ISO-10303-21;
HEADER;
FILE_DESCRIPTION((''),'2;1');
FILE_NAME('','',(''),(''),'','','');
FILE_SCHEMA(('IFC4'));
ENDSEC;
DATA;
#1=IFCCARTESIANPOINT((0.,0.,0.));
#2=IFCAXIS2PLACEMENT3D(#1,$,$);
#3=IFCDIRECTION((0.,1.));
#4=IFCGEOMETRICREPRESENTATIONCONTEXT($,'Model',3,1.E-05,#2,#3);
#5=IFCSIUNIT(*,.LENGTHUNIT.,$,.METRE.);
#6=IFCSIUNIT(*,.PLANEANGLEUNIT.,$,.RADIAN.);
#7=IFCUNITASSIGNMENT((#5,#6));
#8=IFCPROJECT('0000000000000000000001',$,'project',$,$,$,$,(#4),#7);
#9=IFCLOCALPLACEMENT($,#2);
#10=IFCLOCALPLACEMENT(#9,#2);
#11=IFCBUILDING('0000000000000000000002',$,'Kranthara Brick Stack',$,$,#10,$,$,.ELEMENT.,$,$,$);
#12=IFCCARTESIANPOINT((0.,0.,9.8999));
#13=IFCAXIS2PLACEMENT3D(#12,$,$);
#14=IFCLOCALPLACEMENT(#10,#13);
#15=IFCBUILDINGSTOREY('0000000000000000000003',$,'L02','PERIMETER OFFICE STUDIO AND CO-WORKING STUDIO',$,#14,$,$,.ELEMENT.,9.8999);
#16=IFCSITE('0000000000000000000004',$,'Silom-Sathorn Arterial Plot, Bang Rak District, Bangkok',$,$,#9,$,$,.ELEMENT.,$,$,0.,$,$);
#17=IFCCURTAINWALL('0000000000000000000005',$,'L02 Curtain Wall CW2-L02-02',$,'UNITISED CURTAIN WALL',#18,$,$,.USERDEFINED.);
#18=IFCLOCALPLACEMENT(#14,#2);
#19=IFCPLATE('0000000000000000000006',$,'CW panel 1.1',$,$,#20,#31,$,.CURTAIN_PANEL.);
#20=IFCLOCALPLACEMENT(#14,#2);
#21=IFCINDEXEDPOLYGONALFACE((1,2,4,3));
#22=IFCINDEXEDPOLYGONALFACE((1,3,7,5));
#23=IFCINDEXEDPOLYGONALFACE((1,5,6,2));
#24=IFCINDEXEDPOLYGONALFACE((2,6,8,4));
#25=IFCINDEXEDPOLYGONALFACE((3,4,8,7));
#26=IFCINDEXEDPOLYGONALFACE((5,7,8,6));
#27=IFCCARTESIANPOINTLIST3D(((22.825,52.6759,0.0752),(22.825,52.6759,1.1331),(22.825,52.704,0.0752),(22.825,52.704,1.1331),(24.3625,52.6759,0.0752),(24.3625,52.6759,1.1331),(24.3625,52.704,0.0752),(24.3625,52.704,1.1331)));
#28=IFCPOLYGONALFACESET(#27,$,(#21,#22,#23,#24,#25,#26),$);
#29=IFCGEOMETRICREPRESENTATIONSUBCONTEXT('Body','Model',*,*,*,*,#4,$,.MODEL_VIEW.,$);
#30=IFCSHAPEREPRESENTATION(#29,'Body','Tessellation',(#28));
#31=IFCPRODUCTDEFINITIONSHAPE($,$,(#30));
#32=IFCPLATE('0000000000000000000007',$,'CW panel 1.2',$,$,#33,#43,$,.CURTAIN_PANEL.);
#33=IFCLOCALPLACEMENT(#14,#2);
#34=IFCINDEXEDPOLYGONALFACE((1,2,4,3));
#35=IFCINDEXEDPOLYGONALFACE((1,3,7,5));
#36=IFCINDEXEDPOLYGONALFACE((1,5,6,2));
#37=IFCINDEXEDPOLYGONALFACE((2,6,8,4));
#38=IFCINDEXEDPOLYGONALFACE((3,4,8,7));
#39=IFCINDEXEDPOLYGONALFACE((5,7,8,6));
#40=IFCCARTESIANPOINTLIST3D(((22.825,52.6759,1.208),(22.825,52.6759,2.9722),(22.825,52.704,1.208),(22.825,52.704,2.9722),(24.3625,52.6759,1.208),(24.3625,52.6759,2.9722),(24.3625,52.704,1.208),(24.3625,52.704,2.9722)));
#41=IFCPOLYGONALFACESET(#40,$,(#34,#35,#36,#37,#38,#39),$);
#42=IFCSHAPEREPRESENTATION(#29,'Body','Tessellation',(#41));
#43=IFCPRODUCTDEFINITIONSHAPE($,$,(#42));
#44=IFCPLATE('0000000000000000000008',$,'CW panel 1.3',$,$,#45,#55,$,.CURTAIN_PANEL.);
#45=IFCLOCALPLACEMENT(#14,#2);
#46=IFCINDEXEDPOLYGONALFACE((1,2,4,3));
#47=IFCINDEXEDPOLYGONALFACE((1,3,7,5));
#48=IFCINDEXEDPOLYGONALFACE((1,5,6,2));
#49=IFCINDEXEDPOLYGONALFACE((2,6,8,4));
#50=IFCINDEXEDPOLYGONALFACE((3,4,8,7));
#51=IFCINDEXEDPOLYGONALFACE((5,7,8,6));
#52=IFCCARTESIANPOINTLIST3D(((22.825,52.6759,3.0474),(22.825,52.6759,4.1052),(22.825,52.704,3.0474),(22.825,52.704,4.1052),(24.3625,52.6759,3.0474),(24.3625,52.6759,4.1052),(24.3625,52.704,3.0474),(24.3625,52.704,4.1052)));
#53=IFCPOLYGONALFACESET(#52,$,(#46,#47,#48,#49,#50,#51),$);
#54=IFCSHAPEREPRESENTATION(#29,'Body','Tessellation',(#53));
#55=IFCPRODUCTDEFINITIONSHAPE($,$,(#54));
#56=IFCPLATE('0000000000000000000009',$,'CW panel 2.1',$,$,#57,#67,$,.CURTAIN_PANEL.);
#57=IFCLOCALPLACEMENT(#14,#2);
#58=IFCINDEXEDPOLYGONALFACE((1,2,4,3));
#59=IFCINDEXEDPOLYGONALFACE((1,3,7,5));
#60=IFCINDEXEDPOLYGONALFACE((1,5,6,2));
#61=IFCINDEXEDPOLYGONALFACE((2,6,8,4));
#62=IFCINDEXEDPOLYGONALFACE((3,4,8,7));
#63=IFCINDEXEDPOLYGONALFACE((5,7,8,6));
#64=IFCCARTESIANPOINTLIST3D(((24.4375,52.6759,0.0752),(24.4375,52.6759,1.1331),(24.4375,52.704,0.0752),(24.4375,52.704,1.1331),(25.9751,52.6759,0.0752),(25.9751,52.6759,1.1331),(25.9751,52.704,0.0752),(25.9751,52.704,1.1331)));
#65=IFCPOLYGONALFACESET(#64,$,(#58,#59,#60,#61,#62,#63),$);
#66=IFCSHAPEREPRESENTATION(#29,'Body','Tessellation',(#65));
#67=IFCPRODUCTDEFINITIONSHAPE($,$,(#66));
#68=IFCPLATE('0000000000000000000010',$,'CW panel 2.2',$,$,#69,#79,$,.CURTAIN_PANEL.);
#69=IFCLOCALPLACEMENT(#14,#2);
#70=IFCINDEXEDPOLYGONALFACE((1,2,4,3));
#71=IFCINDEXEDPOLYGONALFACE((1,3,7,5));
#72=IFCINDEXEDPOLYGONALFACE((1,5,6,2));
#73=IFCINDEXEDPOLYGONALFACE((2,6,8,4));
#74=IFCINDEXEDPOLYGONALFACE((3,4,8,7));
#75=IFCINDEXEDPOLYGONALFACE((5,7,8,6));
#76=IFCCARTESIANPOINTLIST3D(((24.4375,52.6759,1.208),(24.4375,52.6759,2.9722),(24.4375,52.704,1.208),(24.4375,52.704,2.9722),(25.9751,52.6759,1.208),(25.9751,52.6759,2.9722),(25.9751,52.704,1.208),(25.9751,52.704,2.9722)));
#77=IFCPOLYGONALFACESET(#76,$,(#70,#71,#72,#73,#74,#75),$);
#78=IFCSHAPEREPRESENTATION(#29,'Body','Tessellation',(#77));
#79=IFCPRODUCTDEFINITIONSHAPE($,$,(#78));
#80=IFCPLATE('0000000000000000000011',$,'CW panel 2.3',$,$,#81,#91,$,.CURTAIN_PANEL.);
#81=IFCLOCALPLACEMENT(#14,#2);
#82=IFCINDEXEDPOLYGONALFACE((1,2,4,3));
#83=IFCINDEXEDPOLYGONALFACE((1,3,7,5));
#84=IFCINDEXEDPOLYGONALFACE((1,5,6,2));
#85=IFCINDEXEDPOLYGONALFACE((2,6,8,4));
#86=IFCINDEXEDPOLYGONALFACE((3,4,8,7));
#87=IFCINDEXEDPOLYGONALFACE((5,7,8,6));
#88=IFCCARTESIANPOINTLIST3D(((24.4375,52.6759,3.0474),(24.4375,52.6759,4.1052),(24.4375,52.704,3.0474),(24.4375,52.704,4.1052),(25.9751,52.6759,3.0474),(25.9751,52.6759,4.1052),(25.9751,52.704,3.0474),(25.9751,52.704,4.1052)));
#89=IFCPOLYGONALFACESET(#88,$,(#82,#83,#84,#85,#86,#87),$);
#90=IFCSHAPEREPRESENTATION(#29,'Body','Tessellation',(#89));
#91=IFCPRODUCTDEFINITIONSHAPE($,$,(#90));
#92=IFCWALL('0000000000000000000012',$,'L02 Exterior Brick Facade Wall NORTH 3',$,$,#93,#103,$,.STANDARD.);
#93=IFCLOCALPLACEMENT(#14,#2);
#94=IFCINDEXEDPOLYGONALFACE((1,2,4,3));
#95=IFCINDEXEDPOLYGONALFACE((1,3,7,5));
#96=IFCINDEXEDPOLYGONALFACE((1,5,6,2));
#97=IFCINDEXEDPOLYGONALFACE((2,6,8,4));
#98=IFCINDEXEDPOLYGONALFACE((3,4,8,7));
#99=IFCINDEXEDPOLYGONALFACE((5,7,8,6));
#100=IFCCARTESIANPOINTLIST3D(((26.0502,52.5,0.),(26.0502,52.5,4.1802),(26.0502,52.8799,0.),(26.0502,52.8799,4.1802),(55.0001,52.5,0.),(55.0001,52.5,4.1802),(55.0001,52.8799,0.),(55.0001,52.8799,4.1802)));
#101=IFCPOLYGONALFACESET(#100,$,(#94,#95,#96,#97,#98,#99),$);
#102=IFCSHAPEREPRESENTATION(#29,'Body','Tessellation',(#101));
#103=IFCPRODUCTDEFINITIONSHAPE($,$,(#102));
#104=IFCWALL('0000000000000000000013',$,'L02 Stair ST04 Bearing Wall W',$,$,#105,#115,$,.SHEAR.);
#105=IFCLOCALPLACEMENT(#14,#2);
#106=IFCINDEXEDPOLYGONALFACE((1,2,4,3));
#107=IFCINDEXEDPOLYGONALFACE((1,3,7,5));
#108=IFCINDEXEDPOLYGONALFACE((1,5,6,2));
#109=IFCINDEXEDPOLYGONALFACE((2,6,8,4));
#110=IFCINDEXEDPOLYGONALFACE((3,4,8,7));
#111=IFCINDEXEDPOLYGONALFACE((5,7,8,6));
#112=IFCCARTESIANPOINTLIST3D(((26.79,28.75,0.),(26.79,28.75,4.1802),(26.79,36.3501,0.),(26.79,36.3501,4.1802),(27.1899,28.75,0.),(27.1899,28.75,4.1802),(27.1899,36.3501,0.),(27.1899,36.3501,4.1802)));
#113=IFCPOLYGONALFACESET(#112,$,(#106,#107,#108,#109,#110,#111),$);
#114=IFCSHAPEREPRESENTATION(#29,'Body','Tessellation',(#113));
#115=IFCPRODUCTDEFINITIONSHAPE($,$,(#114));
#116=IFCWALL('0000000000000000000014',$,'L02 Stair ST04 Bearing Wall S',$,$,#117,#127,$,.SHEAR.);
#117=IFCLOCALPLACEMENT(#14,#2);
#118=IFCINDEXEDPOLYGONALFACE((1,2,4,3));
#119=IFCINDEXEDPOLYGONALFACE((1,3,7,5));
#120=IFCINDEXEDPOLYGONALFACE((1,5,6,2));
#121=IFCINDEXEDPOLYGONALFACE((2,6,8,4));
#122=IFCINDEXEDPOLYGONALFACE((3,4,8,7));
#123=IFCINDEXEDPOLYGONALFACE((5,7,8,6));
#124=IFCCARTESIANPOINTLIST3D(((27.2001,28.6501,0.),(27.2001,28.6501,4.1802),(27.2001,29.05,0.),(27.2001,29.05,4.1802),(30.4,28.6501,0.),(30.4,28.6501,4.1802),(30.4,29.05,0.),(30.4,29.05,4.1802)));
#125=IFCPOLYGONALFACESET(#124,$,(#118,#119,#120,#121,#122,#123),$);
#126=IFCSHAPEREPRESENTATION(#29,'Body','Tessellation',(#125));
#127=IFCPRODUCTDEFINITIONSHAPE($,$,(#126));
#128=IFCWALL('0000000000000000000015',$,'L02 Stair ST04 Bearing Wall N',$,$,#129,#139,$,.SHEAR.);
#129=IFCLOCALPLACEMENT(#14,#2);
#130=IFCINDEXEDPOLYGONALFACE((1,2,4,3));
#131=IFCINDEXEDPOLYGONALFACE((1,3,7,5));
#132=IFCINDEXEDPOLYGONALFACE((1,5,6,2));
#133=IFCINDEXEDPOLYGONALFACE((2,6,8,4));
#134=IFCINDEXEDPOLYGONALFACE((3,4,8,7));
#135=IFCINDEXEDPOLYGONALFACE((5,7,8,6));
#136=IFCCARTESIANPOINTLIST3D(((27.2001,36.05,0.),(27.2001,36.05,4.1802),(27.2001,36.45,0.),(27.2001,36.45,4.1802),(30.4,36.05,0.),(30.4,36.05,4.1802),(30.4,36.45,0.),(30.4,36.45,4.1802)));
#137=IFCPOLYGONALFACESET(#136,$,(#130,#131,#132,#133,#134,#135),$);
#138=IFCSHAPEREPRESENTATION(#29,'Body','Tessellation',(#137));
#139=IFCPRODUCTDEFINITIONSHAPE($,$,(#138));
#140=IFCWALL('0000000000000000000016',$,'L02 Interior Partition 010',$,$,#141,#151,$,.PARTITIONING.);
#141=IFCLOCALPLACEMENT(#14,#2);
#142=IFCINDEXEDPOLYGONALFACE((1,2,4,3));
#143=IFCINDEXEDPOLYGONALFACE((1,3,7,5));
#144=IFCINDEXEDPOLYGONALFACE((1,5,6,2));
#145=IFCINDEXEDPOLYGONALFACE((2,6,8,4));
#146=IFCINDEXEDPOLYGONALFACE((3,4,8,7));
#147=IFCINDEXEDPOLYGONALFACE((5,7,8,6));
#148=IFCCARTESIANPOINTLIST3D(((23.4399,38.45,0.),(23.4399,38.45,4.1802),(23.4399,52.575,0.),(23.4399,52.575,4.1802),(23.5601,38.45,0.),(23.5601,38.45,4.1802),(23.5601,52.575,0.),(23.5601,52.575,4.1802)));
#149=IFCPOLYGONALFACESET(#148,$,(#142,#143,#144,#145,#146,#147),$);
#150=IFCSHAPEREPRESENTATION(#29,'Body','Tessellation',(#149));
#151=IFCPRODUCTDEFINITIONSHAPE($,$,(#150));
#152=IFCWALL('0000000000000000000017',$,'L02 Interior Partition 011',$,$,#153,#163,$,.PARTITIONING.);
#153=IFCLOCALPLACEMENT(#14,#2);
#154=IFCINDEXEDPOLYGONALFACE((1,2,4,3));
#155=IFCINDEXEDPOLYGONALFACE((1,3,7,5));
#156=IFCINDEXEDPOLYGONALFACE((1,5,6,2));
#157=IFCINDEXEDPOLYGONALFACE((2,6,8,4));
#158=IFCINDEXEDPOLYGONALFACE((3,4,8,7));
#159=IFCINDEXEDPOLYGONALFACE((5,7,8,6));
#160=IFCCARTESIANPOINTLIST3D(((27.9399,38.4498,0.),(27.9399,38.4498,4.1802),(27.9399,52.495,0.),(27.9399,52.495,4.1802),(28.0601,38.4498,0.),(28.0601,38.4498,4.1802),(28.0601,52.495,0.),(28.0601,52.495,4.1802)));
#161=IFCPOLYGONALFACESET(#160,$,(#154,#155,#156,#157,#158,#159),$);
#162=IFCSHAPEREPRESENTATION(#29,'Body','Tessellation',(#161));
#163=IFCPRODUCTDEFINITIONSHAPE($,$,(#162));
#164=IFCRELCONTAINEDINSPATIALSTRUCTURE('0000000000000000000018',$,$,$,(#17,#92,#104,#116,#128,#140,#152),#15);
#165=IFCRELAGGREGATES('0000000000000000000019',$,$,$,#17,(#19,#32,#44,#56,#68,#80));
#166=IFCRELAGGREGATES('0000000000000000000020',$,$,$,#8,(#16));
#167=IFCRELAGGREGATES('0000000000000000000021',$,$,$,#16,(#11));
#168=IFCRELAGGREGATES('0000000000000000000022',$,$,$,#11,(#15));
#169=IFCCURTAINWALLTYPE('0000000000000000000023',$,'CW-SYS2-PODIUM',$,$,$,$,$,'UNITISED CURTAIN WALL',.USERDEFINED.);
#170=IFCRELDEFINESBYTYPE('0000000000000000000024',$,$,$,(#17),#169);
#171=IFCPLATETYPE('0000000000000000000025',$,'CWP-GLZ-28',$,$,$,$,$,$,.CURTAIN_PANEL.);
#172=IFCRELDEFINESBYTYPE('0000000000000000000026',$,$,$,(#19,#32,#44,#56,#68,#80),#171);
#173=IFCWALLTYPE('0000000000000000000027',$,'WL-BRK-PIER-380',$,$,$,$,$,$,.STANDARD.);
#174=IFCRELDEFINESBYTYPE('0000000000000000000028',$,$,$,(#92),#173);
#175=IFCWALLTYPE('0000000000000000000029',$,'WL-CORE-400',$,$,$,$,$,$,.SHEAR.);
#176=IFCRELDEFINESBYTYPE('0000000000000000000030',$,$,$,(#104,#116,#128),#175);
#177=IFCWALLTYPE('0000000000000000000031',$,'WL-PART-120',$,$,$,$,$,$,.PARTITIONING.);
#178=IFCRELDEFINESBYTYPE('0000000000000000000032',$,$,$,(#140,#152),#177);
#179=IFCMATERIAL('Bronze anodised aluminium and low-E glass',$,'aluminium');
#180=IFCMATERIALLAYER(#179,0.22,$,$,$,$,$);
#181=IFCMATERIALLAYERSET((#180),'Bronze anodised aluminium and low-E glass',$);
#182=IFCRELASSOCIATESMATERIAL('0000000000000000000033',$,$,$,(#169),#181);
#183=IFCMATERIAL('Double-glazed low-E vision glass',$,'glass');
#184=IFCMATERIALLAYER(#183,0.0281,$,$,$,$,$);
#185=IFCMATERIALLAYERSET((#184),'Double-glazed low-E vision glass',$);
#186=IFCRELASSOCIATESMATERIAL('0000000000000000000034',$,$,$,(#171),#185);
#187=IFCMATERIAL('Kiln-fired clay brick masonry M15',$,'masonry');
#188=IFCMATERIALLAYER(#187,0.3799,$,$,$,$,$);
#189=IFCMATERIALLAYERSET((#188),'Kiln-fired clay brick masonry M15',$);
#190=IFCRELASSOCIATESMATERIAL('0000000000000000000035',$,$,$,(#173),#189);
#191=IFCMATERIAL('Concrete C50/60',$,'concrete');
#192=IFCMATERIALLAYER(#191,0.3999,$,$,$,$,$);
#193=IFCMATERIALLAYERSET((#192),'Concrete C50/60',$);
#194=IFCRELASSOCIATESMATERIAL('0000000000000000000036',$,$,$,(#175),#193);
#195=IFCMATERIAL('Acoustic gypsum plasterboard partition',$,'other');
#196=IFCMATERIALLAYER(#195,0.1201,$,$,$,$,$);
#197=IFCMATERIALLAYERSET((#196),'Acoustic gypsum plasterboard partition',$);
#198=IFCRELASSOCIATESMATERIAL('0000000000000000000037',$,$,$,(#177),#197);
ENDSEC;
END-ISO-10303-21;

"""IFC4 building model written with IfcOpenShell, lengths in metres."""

from ifc_helpers import new_model, si_unit, direction, frame, frame_2d, origin, origin_2d, place, context, subcontext, project, spatial, rectangle, extrude, material, layer, layer_set, type_object, element, aggregate, save


model = new_model("IFC4")

# Units and contexts
model_context = context("Model", 3, precision=1e-05, world=origin(), true_north=direction((0.0, 1.0)))
body_context = subcontext(model_context, "Body", "Model", "MODEL_VIEW")
ifc_project = project(units=[si_unit("LENGTHUNIT", "METRE"), si_unit("PLANEANGLEUNIT", "RADIAN")], contexts=[model_context])

# Site, building, storey
site_placement = place(None, origin())
site = spatial("IfcSite", under=ifc_project, at=site_placement, Name="Silom-Sathorn Arterial Plot, Bang Rak District, Bangkok", CompositionType="ELEMENT", RefElevation=0.0)
building_placement = place(site_placement, origin())
building = spatial("IfcBuilding", under=site, at=building_placement, Name="Kranthara Brick Stack", CompositionType="ELEMENT")
storey_placement = place(building_placement, frame((0.0, 0.0, 9.8999)))
storey = spatial("IfcBuildingStorey", under=building, at=storey_placement, Name="L02", Description="PERIMETER OFFICE STUDIO AND CO-WORKING STUDIO", CompositionType="ELEMENT", Elevation=9.8999)

# Curtain wall, plates
ifc_material_1 = material(Name="Bronze anodised aluminium and low-E glass", Category="aluminium")
ifc_layer_1 = layer(ifc_material_1, 0.22)
ifc_layer_set_1 = layer_set([ifc_layer_1], Name="Bronze anodised aluminium and low-E glass")
curtain_wall_type = type_object("IfcCurtainWallType", Name="CW-SYS2-PODIUM", ElementType="UNITISED CURTAIN WALL", PredefinedType="USERDEFINED", material=ifc_layer_set_1)
curtain_wall_placement = place(storey_placement, origin())
curtain_wall = element("IfcCurtainWall", 1, at=curtain_wall_placement, inside=storey, type_object=curtain_wall_type, Name="L02 Curtain Wall CW2-L02-02", ObjectType="UNITISED CURTAIN WALL", PredefinedType="USERDEFINED")
ifc_material_2 = material(Name="Double-glazed low-E vision glass", Category="glass")
ifc_layer_2 = layer(ifc_material_2, 0.0281)
ifc_layer_set_2 = layer_set([ifc_layer_2], Name="Double-glazed low-E vision glass")
plate_type = type_object("IfcPlateType", Name="CWP-GLZ-28", PredefinedType="CURTAIN_PANEL", material=ifc_layer_set_2)
plate_1_placement = place(storey_placement, frame((23.5938, 52.6899, 0.0752), z_axis=(0.0, 0.0, 1.0), x_axis=(1.0, 0.0, 0.0)))
plate_1 = element("IfcPlate", 2, at=plate_1_placement, type_object=plate_type, Name="CW panel 1.1", PredefinedType="CURTAIN_PANEL", context=body_context, shape_type="SweptSolid", body=[
    extrude(rectangle(XDim=1.5376, YDim=0.0281, at=origin_2d()), origin(), (0.0, 0.0, 1.0), 1.0579),
])
plate_2_placement = place(storey_placement, frame((23.5938, 52.6899, 1.208), z_axis=(0.0, 0.0, 1.0), x_axis=(1.0, 0.0, 0.0)))
plate_2 = element("IfcPlate", 3, at=plate_2_placement, type_object=plate_type, Name="CW panel 1.2", PredefinedType="CURTAIN_PANEL", context=body_context, shape_type="SweptSolid", body=[
    extrude(rectangle(XDim=1.5376, YDim=0.0281, at=origin_2d()), origin(), (0.0, 0.0, 1.0), 1.7642),
])
plate_3_placement = place(storey_placement, frame((23.5938, 52.6899, 3.0474), z_axis=(0.0, 0.0, 1.0), x_axis=(1.0, 0.0, 0.0)))
plate_3 = element("IfcPlate", 4, at=plate_3_placement, type_object=plate_type, Name="CW panel 1.3", PredefinedType="CURTAIN_PANEL", context=body_context, shape_type="SweptSolid", body=[
    extrude(rectangle(XDim=1.5376, YDim=0.0281, at=origin_2d()), origin(), (0.0, 0.0, 1.0), 1.0579),
])
plate_4_placement = place(storey_placement, frame((25.2063, 52.6899, 0.0752), z_axis=(0.0, 0.0, 1.0), x_axis=(1.0, 0.0, 0.0)))
plate_4 = element("IfcPlate", 5, at=plate_4_placement, type_object=plate_type, Name="CW panel 2.1", PredefinedType="CURTAIN_PANEL", context=body_context, shape_type="SweptSolid", body=[
    extrude(rectangle(XDim=1.5376, YDim=0.0281, at=origin_2d()), origin(), (0.0, 0.0, 1.0), 1.0579),
])
plate_5_placement = place(storey_placement, frame((25.2063, 52.6899, 1.208), z_axis=(0.0, 0.0, 1.0), x_axis=(1.0, 0.0, 0.0)))
plate_5 = element("IfcPlate", 6, at=plate_5_placement, type_object=plate_type, Name="CW panel 2.2", PredefinedType="CURTAIN_PANEL", context=body_context, shape_type="SweptSolid", body=[
    extrude(rectangle(XDim=1.5376, YDim=0.0281, at=origin_2d()), origin(), (0.0, 0.0, 1.0), 1.7642),
])
plate_6_placement = place(storey_placement, frame((25.2063, 52.6899, 3.0474), z_axis=(0.0, 0.0, 1.0), x_axis=(1.0, 0.0, 0.0)))
plate_6 = element("IfcPlate", 7, at=plate_6_placement, type_object=plate_type, Name="CW panel 2.3", PredefinedType="CURTAIN_PANEL", context=body_context, shape_type="SweptSolid", body=[
    extrude(rectangle(XDim=1.5376, YDim=0.0281, at=origin_2d()), origin(), (0.0, 0.0, 1.0), 1.0579),
])
aggregate(curtain_wall, [plate_1, plate_2, plate_3, plate_4, plate_5, plate_6])

# Walls
ifc_material_3 = material(Name="Kiln-fired clay brick masonry M15", Category="masonry")
ifc_layer_3 = layer(ifc_material_3, 0.3799)
ifc_layer_set_3 = layer_set([ifc_layer_3], Name="Kiln-fired clay brick masonry M15")
wall_type_1 = type_object("IfcWallType", Name="WL-BRK-PIER-380", PredefinedType="STANDARD", material=ifc_layer_set_3)
wall_1_placement = place(storey_placement, frame((26.05, 52.6899, 0.0), z_axis=(0.0, 0.0, 1.0), x_axis=(1.0, 0.0, 0.0)))
element("IfcWall", 8, at=wall_1_placement, inside=storey, type_object=wall_type_1, Name="L02 Exterior Brick Facade Wall NORTH 3", PredefinedType="STANDARD", context=body_context, shape_type="SweptSolid", body=[
    extrude(rectangle(XDim=28.95, YDim=0.3799, at=frame_2d((14.4751, 0.0))), origin(), (0.0, 0.0, 1.0), 4.1802),
])
ifc_material_4 = material(Name="Concrete C50/60", Category="concrete")
ifc_layer_4 = layer(ifc_material_4, 0.3999)
ifc_layer_set_4 = layer_set([ifc_layer_4], Name="Concrete C50/60")
wall_type_2 = type_object("IfcWallType", Name="WL-CORE-400", PredefinedType="SHEAR", material=ifc_layer_set_4)
wall_2_placement = place(storey_placement, frame((26.99, 28.75, 0.0), z_axis=(0.0, 0.0, 1.0), x_axis=(0.0, 1.0, 0.0)))
element("IfcWall", 9, at=wall_2_placement, inside=storey, type_object=wall_type_2, Name="L02 Stair ST04 Bearing Wall W", PredefinedType="SHEAR", context=body_context, shape_type="SweptSolid", body=[
    extrude(rectangle(XDim=7.6001, YDim=0.3999, at=frame_2d((3.8, 0.0))), origin(), (0.0, 0.0, 1.0), 4.1802),
])

# Walls
for number, where, z_axis, x_axis, name in (
    (10, (27.2, 28.8501, 0.0), (0.0, 0.0, 1.0), (1.0, 0.0, 0.0), "L02 Stair ST04 Bearing Wall S"),
    (11, (27.2, 36.25, 0.0), (0.0, 0.0, 1.0), (1.0, 0.0, 0.0), "L02 Stair ST04 Bearing Wall N"),
):
    element("IfcWall", number, at=place(storey_placement, frame(where, z_axis=z_axis, x_axis=x_axis)), inside=storey, type_object=wall_type_2, Name=name, PredefinedType="SHEAR", context=body_context, shape_type="SweptSolid", body=[
        extrude(rectangle(XDim=3.2, YDim=0.3999, at=frame_2d((1.6001, 0.0))), origin(), (0.0, 0.0, 1.0), 4.1802),
    ])
ifc_material_5 = material(Name="Acoustic gypsum plasterboard partition", Category="other")
ifc_layer_5 = layer(ifc_material_5, 0.1201)
ifc_layer_set_5 = layer_set([ifc_layer_5], Name="Acoustic gypsum plasterboard partition")
wall_type_3 = type_object("IfcWallType", Name="WL-PART-120", PredefinedType="PARTITIONING", material=ifc_layer_set_5)
wall_3_placement = place(storey_placement, frame((23.5, 38.45, 0.0), z_axis=(0.0, 0.0, 1.0), x_axis=(0.0, 1.0, 0.0)))
element("IfcWall", 12, at=wall_3_placement, inside=storey, type_object=wall_type_3, Name="L02 Interior Partition 010", PredefinedType="PARTITIONING", context=body_context, shape_type="SweptSolid", body=[
    extrude(rectangle(XDim=14.125, YDim=0.1201, at=frame_2d((7.0625, 0.0))), origin(), (0.0, 0.0, 1.0), 4.1802),
])
wall_4_placement = place(storey_placement, frame((28.0, 38.45, 0.0), z_axis=(0.0, 0.0, 1.0), x_axis=(0.0, 1.0, 0.0)))
element("IfcWall", 13, at=wall_4_placement, inside=storey, type_object=wall_type_3, Name="L02 Interior Partition 011", PredefinedType="PARTITIONING", context=body_context, shape_type="SweptSolid", body=[
    extrude(rectangle(XDim=14.0452, YDim=0.1201, at=frame_2d((7.0225, 0.0))), origin(), (0.0, 0.0, 1.0), 4.1802),
])

save(model, "model.ifc")
